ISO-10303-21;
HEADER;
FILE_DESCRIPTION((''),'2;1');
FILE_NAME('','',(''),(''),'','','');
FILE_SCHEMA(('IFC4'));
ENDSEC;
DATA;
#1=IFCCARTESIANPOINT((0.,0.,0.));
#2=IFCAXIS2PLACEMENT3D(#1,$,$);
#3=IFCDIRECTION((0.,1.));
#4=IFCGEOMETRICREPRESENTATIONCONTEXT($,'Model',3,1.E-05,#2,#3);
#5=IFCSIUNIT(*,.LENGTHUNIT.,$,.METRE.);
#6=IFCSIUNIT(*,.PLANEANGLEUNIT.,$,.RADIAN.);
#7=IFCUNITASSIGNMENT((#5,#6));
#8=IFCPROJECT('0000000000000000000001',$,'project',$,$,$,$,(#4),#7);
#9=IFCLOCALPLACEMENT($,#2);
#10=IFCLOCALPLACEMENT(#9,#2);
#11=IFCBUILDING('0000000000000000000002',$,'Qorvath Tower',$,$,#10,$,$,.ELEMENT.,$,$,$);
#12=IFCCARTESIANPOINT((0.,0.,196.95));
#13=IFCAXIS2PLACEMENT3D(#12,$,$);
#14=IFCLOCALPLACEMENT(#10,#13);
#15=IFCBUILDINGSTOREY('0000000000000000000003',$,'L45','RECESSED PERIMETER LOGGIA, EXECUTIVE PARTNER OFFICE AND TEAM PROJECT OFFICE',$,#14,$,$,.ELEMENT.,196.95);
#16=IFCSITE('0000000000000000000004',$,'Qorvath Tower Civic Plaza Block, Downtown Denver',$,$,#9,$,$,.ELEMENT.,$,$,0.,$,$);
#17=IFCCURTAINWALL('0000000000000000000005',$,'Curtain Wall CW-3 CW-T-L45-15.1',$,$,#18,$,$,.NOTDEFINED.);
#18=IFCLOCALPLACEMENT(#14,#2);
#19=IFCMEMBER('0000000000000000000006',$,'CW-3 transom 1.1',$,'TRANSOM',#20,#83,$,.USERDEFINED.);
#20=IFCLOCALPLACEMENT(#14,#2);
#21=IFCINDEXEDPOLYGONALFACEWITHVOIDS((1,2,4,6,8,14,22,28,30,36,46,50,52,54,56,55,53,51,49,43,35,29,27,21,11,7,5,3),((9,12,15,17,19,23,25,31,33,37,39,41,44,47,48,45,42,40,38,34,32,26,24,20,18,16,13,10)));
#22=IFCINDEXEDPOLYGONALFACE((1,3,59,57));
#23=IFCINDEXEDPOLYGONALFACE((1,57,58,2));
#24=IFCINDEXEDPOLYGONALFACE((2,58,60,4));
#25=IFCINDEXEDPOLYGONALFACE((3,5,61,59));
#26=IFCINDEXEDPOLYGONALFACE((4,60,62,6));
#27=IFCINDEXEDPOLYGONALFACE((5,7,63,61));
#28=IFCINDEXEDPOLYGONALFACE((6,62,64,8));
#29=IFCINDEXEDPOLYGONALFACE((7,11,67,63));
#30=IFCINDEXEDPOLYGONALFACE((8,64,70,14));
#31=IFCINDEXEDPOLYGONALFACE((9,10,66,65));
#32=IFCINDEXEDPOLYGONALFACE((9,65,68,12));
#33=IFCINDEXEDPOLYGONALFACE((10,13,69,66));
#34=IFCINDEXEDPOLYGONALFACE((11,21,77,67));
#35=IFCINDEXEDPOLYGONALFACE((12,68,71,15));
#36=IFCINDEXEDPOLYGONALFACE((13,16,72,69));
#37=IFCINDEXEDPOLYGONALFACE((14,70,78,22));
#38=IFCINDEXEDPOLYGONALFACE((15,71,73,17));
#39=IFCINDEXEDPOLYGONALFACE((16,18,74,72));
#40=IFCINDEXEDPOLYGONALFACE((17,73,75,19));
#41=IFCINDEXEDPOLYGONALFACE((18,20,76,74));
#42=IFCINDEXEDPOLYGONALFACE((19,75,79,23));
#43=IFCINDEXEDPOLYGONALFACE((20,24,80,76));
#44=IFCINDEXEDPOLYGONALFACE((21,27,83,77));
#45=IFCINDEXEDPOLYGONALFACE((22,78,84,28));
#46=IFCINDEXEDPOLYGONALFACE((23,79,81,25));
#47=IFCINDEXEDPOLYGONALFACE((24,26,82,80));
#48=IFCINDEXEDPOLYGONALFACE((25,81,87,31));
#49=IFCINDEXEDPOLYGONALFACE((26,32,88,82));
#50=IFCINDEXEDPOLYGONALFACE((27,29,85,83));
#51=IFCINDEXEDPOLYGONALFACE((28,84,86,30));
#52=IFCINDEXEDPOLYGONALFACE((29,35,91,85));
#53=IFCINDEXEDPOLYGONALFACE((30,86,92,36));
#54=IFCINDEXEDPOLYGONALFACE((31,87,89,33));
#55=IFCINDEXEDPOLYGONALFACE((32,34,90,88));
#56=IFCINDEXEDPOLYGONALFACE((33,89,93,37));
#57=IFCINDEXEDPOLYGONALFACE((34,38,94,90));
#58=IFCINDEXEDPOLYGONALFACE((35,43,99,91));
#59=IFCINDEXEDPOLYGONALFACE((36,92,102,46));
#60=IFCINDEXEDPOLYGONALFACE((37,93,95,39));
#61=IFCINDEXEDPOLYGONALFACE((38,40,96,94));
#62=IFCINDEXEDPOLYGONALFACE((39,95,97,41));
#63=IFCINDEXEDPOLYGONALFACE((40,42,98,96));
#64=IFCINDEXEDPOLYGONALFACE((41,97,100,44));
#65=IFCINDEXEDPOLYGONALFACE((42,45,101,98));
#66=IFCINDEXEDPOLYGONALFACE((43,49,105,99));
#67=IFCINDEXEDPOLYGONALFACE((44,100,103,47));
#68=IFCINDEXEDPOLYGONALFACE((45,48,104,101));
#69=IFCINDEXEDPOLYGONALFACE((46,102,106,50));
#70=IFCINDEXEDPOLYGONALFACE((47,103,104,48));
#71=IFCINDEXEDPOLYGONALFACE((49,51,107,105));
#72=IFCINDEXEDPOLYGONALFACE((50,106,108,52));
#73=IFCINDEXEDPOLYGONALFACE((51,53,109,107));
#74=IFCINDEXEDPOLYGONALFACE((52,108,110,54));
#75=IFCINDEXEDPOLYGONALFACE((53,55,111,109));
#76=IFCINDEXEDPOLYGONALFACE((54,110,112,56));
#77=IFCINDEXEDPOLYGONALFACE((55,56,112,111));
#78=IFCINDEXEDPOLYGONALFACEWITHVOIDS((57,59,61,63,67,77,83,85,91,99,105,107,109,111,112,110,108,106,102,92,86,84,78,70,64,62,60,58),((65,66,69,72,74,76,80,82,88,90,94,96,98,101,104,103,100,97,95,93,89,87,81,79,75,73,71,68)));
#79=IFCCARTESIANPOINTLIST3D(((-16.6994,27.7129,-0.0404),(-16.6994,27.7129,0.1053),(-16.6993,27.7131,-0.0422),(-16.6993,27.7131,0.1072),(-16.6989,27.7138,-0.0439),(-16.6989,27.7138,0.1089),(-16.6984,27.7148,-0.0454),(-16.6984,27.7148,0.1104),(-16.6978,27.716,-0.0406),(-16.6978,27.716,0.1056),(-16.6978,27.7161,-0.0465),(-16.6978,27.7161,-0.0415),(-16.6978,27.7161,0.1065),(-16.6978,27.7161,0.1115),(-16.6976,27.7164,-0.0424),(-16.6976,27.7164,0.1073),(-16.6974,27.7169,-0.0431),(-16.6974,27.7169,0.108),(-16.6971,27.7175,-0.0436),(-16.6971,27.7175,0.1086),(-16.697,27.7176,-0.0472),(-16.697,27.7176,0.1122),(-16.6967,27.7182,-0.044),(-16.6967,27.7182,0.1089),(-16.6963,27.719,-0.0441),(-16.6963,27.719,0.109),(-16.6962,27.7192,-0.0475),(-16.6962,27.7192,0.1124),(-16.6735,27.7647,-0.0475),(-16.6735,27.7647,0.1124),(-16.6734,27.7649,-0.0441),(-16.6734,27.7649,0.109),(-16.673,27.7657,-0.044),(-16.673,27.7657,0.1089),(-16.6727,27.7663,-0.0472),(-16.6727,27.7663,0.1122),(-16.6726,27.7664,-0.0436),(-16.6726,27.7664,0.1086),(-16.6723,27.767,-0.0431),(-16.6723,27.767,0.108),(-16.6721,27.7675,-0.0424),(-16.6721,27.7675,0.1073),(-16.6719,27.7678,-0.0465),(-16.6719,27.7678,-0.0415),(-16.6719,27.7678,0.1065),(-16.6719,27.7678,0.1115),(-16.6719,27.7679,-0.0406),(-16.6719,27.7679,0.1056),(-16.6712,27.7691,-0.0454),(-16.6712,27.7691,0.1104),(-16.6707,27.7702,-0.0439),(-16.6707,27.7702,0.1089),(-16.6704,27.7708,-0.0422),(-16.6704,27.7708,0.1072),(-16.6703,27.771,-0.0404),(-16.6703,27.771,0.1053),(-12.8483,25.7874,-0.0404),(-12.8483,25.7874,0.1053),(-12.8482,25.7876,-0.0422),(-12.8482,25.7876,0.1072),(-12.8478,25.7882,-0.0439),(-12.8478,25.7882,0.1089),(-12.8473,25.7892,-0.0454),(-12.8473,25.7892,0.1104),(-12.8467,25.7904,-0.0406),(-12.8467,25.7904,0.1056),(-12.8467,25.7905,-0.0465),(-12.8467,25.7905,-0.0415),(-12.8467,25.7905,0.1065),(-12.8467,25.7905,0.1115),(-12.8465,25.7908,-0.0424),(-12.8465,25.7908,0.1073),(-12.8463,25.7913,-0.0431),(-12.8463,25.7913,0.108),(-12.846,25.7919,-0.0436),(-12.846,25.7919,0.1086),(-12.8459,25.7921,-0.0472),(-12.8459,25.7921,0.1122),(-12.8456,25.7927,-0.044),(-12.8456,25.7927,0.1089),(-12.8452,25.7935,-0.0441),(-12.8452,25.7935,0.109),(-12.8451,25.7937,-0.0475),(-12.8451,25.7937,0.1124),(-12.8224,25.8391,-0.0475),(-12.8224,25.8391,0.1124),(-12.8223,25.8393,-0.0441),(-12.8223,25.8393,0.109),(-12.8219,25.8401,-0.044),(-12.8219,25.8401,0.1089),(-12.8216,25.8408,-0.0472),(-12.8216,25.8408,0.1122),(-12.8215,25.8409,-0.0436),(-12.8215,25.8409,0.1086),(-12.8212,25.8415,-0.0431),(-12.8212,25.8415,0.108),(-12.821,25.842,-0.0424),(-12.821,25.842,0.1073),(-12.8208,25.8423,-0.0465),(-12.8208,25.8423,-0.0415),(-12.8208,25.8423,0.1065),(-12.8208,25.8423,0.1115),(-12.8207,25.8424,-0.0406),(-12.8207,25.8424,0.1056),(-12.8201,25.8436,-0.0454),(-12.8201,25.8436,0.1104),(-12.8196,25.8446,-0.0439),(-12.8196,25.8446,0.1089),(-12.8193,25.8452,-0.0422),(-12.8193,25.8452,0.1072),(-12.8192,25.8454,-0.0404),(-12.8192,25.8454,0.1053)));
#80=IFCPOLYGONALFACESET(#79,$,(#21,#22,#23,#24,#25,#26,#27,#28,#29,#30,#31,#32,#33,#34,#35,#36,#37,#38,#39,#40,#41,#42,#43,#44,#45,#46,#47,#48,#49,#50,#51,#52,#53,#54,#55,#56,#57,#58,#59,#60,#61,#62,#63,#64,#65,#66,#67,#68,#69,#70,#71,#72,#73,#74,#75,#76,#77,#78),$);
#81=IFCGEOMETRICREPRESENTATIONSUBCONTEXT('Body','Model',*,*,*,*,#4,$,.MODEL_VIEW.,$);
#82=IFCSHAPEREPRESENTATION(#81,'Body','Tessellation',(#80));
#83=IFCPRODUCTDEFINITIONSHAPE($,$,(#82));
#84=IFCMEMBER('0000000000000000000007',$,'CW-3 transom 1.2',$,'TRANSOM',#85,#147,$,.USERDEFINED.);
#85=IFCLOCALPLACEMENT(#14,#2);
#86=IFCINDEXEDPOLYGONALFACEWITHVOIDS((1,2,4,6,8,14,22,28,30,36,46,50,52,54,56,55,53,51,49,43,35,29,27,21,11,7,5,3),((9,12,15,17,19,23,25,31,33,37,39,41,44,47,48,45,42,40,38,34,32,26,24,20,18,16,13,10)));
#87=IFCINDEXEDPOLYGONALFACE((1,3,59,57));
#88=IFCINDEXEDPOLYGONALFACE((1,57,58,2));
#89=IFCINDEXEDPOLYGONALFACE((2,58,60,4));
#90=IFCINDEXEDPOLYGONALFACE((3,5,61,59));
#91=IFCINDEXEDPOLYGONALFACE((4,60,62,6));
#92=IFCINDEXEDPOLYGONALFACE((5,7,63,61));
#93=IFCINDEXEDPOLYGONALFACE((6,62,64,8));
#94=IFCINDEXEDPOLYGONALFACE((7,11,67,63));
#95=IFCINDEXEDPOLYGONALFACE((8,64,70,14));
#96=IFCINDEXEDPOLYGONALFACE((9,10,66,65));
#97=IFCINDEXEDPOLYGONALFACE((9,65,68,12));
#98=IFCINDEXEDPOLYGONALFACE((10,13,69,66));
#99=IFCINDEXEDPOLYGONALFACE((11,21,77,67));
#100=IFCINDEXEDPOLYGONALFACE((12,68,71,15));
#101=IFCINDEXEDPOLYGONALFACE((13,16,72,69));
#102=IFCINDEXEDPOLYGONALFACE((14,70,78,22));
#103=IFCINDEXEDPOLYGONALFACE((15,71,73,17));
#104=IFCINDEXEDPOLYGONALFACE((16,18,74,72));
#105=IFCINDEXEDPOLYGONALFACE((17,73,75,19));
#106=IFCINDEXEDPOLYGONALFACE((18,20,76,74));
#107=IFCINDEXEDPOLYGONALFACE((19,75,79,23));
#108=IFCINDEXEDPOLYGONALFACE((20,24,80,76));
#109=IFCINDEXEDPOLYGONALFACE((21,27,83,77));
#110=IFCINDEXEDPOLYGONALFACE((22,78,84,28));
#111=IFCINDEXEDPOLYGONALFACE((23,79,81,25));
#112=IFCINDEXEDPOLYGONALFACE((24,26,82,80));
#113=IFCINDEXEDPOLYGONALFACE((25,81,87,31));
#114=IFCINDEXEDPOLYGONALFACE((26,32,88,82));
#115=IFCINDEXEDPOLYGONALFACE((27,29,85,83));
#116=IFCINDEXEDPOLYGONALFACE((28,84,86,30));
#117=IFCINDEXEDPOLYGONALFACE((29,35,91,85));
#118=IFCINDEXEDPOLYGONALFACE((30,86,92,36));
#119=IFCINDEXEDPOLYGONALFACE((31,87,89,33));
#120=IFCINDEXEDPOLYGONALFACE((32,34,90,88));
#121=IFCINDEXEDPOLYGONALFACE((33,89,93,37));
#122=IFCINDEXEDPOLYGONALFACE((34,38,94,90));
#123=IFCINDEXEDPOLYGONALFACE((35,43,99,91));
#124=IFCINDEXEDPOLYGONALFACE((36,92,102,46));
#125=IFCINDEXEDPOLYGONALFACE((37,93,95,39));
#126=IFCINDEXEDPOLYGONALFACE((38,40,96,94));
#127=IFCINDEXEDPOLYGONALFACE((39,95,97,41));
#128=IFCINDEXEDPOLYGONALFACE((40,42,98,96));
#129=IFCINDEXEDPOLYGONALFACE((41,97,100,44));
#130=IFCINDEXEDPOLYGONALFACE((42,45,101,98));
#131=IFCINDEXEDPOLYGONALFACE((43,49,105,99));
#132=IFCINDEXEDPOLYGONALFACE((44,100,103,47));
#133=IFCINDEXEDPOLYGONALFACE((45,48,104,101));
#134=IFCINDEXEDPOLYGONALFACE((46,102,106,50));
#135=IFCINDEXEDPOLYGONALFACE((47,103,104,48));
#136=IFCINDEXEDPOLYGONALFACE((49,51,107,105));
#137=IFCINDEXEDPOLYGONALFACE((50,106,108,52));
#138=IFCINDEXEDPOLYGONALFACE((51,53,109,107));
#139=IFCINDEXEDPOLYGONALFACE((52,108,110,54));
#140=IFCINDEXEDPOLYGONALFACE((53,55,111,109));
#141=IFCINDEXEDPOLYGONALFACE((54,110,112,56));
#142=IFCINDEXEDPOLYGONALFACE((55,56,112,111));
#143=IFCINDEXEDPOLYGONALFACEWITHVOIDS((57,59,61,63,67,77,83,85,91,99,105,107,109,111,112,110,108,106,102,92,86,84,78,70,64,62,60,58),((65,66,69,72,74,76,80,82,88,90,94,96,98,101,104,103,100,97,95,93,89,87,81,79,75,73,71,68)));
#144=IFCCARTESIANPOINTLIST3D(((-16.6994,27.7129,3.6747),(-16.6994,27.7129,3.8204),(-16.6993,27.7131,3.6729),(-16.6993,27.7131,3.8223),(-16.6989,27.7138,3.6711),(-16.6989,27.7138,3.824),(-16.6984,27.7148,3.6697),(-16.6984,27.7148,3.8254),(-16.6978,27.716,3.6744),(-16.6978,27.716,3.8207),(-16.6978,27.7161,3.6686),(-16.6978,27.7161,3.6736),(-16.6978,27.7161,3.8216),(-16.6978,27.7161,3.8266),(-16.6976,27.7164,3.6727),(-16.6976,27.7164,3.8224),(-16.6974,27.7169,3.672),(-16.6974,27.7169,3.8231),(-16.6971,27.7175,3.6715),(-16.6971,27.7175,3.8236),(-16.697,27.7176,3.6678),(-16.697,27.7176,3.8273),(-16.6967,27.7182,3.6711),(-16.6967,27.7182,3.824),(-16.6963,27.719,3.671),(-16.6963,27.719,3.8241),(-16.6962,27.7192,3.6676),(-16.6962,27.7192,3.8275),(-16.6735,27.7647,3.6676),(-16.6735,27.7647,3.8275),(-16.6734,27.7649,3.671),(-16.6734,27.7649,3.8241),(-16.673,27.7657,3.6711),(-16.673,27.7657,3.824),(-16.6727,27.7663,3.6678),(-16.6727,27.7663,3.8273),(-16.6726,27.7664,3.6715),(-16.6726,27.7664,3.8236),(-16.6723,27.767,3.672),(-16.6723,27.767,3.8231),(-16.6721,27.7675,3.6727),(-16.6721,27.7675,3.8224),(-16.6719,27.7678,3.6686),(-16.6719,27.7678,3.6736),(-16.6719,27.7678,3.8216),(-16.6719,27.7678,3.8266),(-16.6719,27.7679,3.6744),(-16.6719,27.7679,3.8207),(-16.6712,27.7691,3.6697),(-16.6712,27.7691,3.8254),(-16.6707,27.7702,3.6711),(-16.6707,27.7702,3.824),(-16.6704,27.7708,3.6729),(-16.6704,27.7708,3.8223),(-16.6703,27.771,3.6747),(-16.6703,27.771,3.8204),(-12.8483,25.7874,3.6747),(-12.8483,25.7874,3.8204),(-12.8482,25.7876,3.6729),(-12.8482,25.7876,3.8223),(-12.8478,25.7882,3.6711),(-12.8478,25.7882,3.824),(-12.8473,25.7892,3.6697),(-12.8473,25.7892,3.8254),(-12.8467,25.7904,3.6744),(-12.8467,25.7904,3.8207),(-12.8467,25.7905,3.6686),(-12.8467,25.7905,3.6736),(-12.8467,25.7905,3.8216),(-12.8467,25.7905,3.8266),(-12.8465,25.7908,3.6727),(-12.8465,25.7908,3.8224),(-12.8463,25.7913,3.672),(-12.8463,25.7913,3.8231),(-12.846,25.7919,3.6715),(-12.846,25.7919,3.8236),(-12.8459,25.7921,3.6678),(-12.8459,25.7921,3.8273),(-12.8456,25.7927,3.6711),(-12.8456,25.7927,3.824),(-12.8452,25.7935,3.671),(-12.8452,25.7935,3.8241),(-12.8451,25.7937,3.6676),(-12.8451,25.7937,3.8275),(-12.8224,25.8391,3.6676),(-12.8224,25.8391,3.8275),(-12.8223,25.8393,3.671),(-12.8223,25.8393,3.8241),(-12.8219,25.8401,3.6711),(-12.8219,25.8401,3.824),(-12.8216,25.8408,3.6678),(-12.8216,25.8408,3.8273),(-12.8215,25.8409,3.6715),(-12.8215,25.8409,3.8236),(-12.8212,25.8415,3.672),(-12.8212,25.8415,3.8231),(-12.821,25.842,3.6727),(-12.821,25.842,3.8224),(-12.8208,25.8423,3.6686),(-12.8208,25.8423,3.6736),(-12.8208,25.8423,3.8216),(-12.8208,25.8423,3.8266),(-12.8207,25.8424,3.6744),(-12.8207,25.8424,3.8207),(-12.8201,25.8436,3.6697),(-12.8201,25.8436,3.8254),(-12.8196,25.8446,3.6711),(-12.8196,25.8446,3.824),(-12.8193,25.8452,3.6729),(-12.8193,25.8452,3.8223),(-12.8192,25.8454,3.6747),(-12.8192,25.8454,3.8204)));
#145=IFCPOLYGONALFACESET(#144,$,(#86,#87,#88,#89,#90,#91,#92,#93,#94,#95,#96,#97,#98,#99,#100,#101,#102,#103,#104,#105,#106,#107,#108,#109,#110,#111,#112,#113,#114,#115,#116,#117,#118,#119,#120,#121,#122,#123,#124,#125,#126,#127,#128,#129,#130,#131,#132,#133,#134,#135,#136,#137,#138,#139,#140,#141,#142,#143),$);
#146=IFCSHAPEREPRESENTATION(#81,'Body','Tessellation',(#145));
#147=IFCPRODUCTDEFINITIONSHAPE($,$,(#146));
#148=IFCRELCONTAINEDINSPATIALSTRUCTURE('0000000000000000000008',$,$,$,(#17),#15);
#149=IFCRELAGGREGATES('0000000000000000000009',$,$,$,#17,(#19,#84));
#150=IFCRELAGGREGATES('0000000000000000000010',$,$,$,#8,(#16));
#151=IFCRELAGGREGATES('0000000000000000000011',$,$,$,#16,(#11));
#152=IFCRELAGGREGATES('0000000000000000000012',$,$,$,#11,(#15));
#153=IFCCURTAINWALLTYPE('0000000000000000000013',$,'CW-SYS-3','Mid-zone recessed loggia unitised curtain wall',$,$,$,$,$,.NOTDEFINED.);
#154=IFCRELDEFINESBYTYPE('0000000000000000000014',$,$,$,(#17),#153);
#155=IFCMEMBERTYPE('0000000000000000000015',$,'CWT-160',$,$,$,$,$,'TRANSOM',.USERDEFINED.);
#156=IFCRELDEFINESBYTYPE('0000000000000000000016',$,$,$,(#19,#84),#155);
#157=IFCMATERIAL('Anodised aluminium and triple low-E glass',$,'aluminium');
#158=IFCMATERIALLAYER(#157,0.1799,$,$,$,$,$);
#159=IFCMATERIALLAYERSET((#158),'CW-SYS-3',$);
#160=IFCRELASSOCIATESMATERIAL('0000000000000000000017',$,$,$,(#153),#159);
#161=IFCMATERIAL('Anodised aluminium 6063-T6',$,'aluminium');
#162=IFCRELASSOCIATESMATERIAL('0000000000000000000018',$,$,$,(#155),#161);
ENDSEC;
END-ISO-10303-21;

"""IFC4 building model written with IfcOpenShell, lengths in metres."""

from ifc_helpers import new_model, si_unit, direction, frame, origin, origin_2d, place, context, subcontext, project, spatial, hollow_rectangle, extrude, material, layer, layer_set, material_profile, profile_set, type_object, element, aggregate, save


model = new_model("IFC4")

# Units and contexts
model_context = context("Model", 3, precision=1e-05, world=origin(), true_north=direction((0.0, 1.0)))
body_context = subcontext(model_context, "Body", "Model", "MODEL_VIEW")
ifc_project = project(units=[si_unit("LENGTHUNIT", "METRE"), si_unit("PLANEANGLEUNIT", "RADIAN")], contexts=[model_context])

# Site, building, storey
site_placement = place(None, origin())
site = spatial("IfcSite", under=ifc_project, at=site_placement, Name="Qorvath Tower Civic Plaza Block, Downtown Denver", CompositionType="ELEMENT", RefElevation=0.0)
building_placement = place(site_placement, origin())
building = spatial("IfcBuilding", under=site, at=building_placement, Name="Qorvath Tower", CompositionType="ELEMENT")
storey_placement = place(building_placement, frame((0.0, 0.0, 196.95)))
storey = spatial("IfcBuildingStorey", under=building, at=storey_placement, Name="L45", Description="RECESSED PERIMETER LOGGIA, EXECUTIVE PARTNER OFFICE AND TEAM PROJECT OFFICE", CompositionType="ELEMENT", Elevation=196.95)

# Shared definitions
ifc_material_1 = material(Name="Anodised aluminium and triple low-E glass", Category="aluminium")
ifc_layer_1 = layer(ifc_material_1, 0.1799)
ifc_layer_set_1 = layer_set([ifc_layer_1], Name="CW-SYS-3")
curtain_wall_type = type_object("IfcCurtainWallType", Name="CW-SYS-3", Description="Mid-zone recessed loggia unitised curtain wall", PredefinedType="NOTDEFINED", material=ifc_layer_set_1)

# Curtain wall
curtain_wall_1_placement = place(storey_placement, origin())
curtain_wall_1 = element("IfcCurtainWall", 1, at=curtain_wall_1_placement, inside=storey, type_object=curtain_wall_type, Name="Curtain Wall CW-3 CW-T-L45-15.1", PredefinedType="NOTDEFINED")

# Members
ifc_material_2 = material(Name="Anodised aluminium 6063-T6", Category="aluminium")
ifc_material_profile_1 = material_profile(ifc_material_2, hollow_rectangle(XDim=0.0649, YDim=0.1599, WallThickness=0.0034, InnerFilletRadius=0.0034, OuterFilletRadius=0.0071, at=origin_2d()), Name="CWT 160x65")
ifc_profile_set_1 = profile_set([ifc_material_profile_1], Name="Anodised aluminium 6063-T6")
member_type_1 = type_object("IfcMemberType", Name="CWT-160", ElementType="TRANSOM", PredefinedType="USERDEFINED", material=ifc_profile_set_1)
member_1_placement = place(storey_placement, frame((-12.8337, 25.8164, 0.0325), z_axis=(-0.894427, 0.447214, 0.0), x_axis=(-0.447214, -0.894427, 0.0)))
member_1 = element("IfcMember", 2, at=member_1_placement, type_object=member_type_1, Name="CW-3 transom 1.1", ObjectType="TRANSOM", PredefinedType="USERDEFINED", context=body_context, shape_type="SweptSolid", body=[
    extrude(hollow_rectangle(XDim=0.0649, YDim=0.1599, WallThickness=0.0034, InnerFilletRadius=0.0034, OuterFilletRadius=0.0071, at=origin_2d()), origin(), (0.0, 0.0, 1.0), 4.3057),
])
member_2_placement = place(storey_placement, frame((-12.8337, 25.8164, 3.7476), z_axis=(-0.894427, 0.447214, 0.0), x_axis=(-0.447214, -0.894427, 0.0)))
member_2 = element("IfcMember", 3, at=member_2_placement, type_object=member_type_1, Name="CW-3 transom 1.2", ObjectType="TRANSOM", PredefinedType="USERDEFINED", context=body_context, shape_type="SweptSolid", body=[
    extrude(hollow_rectangle(XDim=0.0649, YDim=0.1599, WallThickness=0.0034, InnerFilletRadius=0.0034, OuterFilletRadius=0.0071, at=origin_2d()), origin(), (0.0, 0.0, 1.0), 4.3057),
])

aggregate(curtain_wall_1, [member_1, member_2])

save(model, "model.ifc")
